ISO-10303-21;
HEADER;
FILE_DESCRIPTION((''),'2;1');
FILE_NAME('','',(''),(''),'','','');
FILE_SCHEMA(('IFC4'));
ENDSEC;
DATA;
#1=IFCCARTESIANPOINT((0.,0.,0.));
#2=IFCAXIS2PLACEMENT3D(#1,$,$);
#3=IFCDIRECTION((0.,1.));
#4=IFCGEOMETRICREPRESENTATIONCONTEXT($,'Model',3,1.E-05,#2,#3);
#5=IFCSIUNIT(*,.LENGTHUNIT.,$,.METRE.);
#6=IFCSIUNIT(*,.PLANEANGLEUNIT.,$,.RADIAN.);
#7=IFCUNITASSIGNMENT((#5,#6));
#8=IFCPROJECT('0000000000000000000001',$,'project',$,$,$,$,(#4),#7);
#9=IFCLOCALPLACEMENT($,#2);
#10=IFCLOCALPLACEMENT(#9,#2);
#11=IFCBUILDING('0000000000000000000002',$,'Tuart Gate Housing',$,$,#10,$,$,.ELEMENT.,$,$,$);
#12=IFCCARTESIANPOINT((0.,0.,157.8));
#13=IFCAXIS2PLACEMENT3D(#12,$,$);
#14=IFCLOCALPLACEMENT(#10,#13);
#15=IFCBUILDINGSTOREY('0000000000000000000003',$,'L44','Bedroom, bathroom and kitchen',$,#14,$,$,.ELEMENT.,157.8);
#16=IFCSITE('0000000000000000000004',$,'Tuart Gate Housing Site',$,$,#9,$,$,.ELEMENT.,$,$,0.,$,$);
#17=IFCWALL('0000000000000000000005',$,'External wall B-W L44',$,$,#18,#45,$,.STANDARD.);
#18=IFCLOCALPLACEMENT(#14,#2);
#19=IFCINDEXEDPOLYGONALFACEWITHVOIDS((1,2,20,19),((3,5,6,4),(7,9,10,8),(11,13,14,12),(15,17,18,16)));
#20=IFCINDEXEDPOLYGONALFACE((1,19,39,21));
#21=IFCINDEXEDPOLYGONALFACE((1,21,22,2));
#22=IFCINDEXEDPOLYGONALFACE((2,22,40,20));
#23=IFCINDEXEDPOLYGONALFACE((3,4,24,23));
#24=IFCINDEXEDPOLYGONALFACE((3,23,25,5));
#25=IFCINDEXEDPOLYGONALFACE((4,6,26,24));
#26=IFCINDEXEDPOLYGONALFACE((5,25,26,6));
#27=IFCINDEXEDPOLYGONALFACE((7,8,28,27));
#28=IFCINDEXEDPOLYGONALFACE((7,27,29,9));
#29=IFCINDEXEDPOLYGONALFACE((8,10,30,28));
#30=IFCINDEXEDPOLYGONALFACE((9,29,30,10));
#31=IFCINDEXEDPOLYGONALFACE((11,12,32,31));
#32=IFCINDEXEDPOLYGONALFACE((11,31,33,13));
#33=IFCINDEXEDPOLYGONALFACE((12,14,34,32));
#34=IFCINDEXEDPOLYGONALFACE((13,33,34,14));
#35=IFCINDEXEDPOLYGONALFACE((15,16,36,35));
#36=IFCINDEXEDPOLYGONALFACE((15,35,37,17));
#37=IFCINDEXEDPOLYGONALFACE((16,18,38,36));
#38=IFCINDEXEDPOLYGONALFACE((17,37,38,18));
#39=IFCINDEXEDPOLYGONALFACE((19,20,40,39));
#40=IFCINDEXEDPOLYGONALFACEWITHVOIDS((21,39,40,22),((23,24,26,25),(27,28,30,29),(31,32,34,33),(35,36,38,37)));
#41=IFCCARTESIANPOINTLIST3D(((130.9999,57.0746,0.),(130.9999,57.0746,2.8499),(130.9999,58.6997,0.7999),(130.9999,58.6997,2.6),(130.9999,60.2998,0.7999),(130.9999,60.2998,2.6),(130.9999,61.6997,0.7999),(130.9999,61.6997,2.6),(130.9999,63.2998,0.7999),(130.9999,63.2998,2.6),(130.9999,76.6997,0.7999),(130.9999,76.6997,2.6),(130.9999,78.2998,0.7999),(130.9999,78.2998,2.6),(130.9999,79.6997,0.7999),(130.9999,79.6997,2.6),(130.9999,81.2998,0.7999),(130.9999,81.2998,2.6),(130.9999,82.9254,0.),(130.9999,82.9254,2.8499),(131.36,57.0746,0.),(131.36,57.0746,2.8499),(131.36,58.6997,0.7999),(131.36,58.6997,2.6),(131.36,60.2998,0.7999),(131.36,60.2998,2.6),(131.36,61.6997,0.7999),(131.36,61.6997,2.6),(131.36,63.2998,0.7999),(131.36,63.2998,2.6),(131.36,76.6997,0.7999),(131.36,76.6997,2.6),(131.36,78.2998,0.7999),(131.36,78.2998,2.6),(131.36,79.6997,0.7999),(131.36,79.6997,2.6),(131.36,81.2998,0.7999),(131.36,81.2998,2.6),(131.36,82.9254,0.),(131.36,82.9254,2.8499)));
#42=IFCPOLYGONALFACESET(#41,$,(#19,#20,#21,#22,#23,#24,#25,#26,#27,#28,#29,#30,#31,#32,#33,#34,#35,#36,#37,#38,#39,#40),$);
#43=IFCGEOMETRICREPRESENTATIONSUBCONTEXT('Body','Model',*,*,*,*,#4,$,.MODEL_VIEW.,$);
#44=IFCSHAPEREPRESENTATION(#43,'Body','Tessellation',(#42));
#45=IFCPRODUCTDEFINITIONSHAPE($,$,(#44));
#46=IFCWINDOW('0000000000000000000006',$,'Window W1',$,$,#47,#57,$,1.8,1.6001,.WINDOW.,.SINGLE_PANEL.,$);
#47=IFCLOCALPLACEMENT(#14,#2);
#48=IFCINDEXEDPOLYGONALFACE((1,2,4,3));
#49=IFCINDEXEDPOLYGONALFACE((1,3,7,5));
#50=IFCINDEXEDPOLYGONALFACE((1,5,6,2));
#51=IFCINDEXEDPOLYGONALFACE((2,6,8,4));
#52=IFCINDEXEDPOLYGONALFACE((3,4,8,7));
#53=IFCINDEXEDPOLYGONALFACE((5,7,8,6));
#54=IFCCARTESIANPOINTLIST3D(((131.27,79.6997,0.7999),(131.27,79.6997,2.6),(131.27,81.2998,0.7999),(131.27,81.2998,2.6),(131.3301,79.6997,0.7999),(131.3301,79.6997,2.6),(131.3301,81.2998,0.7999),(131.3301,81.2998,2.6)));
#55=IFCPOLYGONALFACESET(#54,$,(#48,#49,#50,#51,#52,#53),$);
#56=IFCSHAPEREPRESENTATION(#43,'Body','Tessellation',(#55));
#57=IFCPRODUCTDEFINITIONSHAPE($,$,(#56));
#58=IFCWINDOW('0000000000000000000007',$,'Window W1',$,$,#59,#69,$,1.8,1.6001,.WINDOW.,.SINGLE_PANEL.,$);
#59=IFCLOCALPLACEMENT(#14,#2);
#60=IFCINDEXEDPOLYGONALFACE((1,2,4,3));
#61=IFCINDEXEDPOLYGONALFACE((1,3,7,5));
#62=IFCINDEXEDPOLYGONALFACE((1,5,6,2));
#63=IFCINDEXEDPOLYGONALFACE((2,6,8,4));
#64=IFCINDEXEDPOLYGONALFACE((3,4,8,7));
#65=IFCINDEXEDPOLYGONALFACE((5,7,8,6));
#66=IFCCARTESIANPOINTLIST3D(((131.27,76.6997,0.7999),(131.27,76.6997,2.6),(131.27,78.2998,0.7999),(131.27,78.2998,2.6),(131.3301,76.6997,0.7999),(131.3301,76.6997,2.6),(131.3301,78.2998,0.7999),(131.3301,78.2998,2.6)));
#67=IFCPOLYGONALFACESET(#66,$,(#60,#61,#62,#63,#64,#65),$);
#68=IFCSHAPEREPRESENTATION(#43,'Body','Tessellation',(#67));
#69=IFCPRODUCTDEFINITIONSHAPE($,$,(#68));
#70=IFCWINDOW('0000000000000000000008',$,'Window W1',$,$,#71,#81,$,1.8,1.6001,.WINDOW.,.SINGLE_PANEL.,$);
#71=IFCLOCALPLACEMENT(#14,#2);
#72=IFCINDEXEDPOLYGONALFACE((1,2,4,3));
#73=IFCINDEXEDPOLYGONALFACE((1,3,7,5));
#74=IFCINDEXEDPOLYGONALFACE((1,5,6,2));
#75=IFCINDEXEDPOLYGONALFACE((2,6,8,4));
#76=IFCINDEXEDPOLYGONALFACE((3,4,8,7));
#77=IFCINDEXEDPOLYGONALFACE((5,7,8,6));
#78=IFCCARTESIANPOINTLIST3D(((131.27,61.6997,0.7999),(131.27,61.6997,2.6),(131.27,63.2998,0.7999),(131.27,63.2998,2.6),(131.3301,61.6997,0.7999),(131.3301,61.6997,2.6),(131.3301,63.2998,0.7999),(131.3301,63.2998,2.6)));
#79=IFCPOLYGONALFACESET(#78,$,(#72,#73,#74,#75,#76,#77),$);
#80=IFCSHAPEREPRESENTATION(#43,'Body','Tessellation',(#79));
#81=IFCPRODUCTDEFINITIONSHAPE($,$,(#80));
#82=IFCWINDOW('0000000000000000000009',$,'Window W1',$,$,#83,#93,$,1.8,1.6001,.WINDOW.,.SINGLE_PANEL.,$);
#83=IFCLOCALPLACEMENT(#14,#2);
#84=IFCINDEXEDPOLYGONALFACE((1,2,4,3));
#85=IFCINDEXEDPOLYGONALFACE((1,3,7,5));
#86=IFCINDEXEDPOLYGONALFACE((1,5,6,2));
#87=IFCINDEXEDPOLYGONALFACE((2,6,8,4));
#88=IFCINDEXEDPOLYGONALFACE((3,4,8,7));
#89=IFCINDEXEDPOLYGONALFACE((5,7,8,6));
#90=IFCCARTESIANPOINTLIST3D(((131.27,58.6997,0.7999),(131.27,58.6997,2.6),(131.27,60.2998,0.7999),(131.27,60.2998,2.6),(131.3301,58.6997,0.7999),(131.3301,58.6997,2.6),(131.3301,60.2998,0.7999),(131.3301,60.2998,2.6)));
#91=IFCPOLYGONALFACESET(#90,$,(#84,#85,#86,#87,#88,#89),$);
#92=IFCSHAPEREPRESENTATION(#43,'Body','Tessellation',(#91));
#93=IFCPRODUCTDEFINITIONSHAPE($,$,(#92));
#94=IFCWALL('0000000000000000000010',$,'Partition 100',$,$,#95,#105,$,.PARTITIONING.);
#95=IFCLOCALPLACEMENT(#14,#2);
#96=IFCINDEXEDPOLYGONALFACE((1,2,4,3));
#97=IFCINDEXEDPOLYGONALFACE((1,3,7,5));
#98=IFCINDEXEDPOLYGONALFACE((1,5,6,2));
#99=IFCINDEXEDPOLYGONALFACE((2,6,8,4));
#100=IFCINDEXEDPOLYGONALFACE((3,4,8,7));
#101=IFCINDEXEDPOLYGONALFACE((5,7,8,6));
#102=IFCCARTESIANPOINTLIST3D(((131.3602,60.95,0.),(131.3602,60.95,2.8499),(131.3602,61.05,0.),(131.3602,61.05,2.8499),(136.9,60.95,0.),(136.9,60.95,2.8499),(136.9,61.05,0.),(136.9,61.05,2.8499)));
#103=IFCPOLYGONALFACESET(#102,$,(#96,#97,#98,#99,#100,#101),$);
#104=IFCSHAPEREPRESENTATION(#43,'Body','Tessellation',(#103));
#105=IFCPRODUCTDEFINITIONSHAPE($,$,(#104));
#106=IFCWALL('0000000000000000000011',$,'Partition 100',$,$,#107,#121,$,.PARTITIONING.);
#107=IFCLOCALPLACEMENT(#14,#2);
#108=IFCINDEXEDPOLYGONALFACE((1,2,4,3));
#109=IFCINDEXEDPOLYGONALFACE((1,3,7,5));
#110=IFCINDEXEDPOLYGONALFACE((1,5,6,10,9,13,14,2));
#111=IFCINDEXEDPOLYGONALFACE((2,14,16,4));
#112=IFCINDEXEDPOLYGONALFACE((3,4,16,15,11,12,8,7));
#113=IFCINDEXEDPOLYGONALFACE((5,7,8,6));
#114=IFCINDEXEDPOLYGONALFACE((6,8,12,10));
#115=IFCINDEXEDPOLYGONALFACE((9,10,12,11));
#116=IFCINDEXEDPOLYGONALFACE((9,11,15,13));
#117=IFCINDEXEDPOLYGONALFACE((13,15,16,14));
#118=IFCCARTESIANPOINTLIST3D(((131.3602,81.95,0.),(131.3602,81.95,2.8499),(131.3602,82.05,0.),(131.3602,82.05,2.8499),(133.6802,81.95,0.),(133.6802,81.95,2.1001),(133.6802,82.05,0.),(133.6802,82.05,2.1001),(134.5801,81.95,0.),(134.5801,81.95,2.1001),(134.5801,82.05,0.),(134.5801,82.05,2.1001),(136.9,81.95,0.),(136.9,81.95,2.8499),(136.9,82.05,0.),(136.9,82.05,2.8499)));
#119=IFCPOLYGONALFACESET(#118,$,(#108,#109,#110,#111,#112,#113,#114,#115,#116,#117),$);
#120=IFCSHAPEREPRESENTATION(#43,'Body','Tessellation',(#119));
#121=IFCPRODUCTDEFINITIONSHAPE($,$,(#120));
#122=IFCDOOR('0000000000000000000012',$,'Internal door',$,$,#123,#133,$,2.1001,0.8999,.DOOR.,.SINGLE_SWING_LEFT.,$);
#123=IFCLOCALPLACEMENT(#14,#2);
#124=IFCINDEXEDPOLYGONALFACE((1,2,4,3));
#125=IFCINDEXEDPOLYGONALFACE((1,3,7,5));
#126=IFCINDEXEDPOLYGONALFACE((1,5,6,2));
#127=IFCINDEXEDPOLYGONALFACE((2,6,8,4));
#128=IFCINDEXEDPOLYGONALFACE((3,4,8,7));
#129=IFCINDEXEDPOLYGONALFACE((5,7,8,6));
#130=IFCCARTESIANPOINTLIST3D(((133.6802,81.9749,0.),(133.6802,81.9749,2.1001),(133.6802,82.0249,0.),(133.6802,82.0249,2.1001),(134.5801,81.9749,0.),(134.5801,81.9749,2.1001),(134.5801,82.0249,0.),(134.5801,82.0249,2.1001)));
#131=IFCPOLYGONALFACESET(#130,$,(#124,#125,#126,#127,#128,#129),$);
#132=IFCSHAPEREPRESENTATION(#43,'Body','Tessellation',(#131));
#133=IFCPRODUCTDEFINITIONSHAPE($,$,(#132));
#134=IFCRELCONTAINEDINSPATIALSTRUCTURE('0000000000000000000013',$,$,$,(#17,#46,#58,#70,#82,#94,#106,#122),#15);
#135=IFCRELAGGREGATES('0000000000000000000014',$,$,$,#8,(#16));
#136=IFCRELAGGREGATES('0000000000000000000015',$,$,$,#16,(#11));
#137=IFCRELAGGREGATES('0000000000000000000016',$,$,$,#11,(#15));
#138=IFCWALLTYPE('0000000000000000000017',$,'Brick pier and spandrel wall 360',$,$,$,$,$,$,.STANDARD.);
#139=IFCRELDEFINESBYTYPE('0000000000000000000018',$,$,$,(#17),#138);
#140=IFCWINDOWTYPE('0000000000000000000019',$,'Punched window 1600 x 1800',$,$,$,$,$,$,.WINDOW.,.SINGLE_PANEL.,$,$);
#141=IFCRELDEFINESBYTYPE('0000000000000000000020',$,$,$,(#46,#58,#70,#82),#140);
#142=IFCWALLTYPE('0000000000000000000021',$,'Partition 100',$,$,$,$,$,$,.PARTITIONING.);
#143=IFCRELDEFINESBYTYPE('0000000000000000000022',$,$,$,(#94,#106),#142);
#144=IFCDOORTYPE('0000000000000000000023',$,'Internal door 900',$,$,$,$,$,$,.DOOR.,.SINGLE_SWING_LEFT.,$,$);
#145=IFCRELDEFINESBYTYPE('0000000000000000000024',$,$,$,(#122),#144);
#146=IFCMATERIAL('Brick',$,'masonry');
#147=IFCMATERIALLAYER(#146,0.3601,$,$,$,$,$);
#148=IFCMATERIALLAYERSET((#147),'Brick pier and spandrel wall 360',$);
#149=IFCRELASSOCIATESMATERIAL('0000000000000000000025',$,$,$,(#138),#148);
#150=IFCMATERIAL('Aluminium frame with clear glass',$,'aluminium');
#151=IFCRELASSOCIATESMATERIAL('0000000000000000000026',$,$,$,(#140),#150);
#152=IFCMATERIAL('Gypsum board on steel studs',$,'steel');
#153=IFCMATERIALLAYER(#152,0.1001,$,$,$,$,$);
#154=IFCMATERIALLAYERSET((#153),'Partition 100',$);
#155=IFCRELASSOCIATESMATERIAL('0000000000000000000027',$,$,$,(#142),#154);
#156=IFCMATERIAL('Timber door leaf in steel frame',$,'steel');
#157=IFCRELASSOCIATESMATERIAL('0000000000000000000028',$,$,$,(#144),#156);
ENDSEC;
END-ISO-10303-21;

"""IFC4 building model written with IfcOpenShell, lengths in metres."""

from ifc_helpers import new_model, si_unit, direction, frame, frame_2d, origin, place, context, subcontext, project, spatial, rectangle, extrude, material, layer, layer_set, type_object, element, fill, save


model = new_model("IFC4")

# Units and contexts
model_context = context("Model", 3, precision=1e-05, world=origin(), true_north=direction((0.0, 1.0)))
body_context = subcontext(model_context, "Body", "Model", "MODEL_VIEW")
ifc_project = project(units=[si_unit("LENGTHUNIT", "METRE"), si_unit("PLANEANGLEUNIT", "RADIAN")], contexts=[model_context])

# Site, building, storey
site_placement = place(None, origin())
site = spatial("IfcSite", under=ifc_project, at=site_placement, Name="Tuart Gate Housing Site", CompositionType="ELEMENT", RefElevation=0.0)
building_placement = place(site_placement, origin())
building = spatial("IfcBuilding", under=site, at=building_placement, Name="Tuart Gate Housing", CompositionType="ELEMENT")
storey_placement = place(building_placement, frame((0.0, 0.0, 157.8)))
storey = spatial("IfcBuildingStorey", under=building, at=storey_placement, Name="L44", Description="Bedroom, bathroom and kitchen", CompositionType="ELEMENT", Elevation=157.8)

# Shared definitions
ifc_material_1 = material(Name="Brick", Category="masonry")
ifc_layer_1 = layer(ifc_material_1, 0.3601)
ifc_layer_set_1 = layer_set([ifc_layer_1], Name="Brick pier and spandrel wall 360")
wall_type_1 = type_object("IfcWallType", Name="Brick pier and spandrel wall 360", PredefinedType="STANDARD", material=ifc_layer_set_1)
ifc_material_2 = material(Name="Aluminium frame with clear glass", Category="aluminium")
window_type = type_object("IfcWindowType", Name="Punched window 1600 x 1800", PartitioningType="SINGLE_PANEL", PredefinedType="WINDOW", material=ifc_material_2)

# Wall, openings, windows
wall_1_placement = place(storey_placement, frame((131.1799, 82.9253, 0.0), z_axis=(0.0, 0.0, 1.0), x_axis=(0.0, -1.0, 0.0)))
wall_1 = element("IfcWall", 1, at=wall_1_placement, inside=storey, type_object=wall_type_1, Name="External wall B-W L44", PredefinedType="STANDARD", context=body_context, shape_type="SweptSolid", body=[
    extrude(rectangle(XDim=25.8508, YDim=0.3601, at=frame_2d((12.9253, 0.0))), origin(), (0.0, 0.0, 1.0), 2.8499),
])
opening_1_placement = place(wall_1_placement, frame((1.6255, 0.0, 0.8)))
opening_1 = element("IfcOpeningElement", 2, at=opening_1_placement, cuts=wall_1, PredefinedType="OPENING", context=body_context, shape_type="SweptSolid", body=[
    extrude(rectangle(XDim=1.6001, YDim=1.8, at=frame_2d((0.8, 0.8999))), frame((0.0, 0.1899, 0.0), z_axis=(0.0, -1.0, 0.0), x_axis=(1.0, 0.0, 0.0)), (0.0, 0.0, 1.0), 0.3801),
])
opening_2_placement = place(wall_1_placement, frame((4.6255, 0.0, 0.8)))
opening_2 = element("IfcOpeningElement", 3, at=opening_2_placement, cuts=wall_1, PredefinedType="OPENING", context=body_context, shape_type="SweptSolid", body=[
    extrude(rectangle(XDim=1.6001, YDim=1.8, at=frame_2d((0.8, 0.8999))), frame((0.0, 0.1899, 0.0), z_axis=(0.0, -1.0, 0.0), x_axis=(1.0, 0.0, 0.0)), (0.0, 0.0, 1.0), 0.3801),
])
opening_3_placement = place(wall_1_placement, frame((19.6255, 0.0, 0.8)))
opening_3 = element("IfcOpeningElement", 4, at=opening_3_placement, cuts=wall_1, PredefinedType="OPENING", context=body_context, shape_type="SweptSolid", body=[
    extrude(rectangle(XDim=1.6001, YDim=1.8, at=frame_2d((0.8, 0.8999))), frame((0.0, 0.1899, 0.0), z_axis=(0.0, -1.0, 0.0), x_axis=(1.0, 0.0, 0.0)), (0.0, 0.0, 1.0), 0.3801),
])
opening_4_placement = place(wall_1_placement, frame((22.6255, 0.0, 0.8)))
opening_4 = element("IfcOpeningElement", 5, at=opening_4_placement, cuts=wall_1, PredefinedType="OPENING", context=body_context, shape_type="SweptSolid", body=[
    extrude(rectangle(XDim=1.6001, YDim=1.8, at=frame_2d((0.8, 0.8999))), frame((0.0, 0.1899, 0.0), z_axis=(0.0, -1.0, 0.0), x_axis=(1.0, 0.0, 0.0)), (0.0, 0.0, 1.0), 0.3801),
])
window_1_placement = place(opening_1_placement, origin())
window_1 = element("IfcWindow", 6, at=window_1_placement, inside=storey, type_object=window_type, Name="Window W1", OverallHeight=1.8, OverallWidth=1.6001, PartitioningType="SINGLE_PANEL", PredefinedType="WINDOW", context=body_context, shape_type="SweptSolid", body=[
    extrude(rectangle(XDim=1.6001, YDim=1.8, at=frame_2d((0.8, 0.8999))), frame((0.0, 0.1501, 0.0), z_axis=(0.0, -1.0, 0.0), x_axis=(1.0, 0.0, 0.0)), (0.0, 0.0, 1.0), 0.0601),
])
fill(opening_1, window_1)
window_2_placement = place(opening_2_placement, origin())
window_2 = element("IfcWindow", 7, at=window_2_placement, inside=storey, type_object=window_type, Name="Window W1", OverallHeight=1.8, OverallWidth=1.6001, PartitioningType="SINGLE_PANEL", PredefinedType="WINDOW", context=body_context, shape_type="SweptSolid", body=[
    extrude(rectangle(XDim=1.6001, YDim=1.8, at=frame_2d((0.8, 0.8999))), frame((0.0, 0.1501, 0.0), z_axis=(0.0, -1.0, 0.0), x_axis=(1.0, 0.0, 0.0)), (0.0, 0.0, 1.0), 0.0601),
])
fill(opening_2, window_2)
window_3_placement = place(opening_3_placement, origin())
window_3 = element("IfcWindow", 8, at=window_3_placement, inside=storey, type_object=window_type, Name="Window W1", OverallHeight=1.8, OverallWidth=1.6001, PartitioningType="SINGLE_PANEL", PredefinedType="WINDOW", context=body_context, shape_type="SweptSolid", body=[
    extrude(rectangle(XDim=1.6001, YDim=1.8, at=frame_2d((0.8, 0.8999))), frame((0.0, 0.1501, 0.0), z_axis=(0.0, -1.0, 0.0), x_axis=(1.0, 0.0, 0.0)), (0.0, 0.0, 1.0), 0.0601),
])
fill(opening_3, window_3)
window_4_placement = place(opening_4_placement, origin())
window_4 = element("IfcWindow", 9, at=window_4_placement, inside=storey, type_object=window_type, Name="Window W1", OverallHeight=1.8, OverallWidth=1.6001, PartitioningType="SINGLE_PANEL", PredefinedType="WINDOW", context=body_context, shape_type="SweptSolid", body=[
    extrude(rectangle(XDim=1.6001, YDim=1.8, at=frame_2d((0.8, 0.8999))), frame((0.0, 0.1501, 0.0), z_axis=(0.0, -1.0, 0.0), x_axis=(1.0, 0.0, 0.0)), (0.0, 0.0, 1.0), 0.0601),
])
fill(opening_4, window_4)

# Wall
ifc_material_3 = material(Name="Gypsum board on steel studs", Category="steel")
ifc_layer_2 = layer(ifc_material_3, 0.1001)
ifc_layer_set_2 = layer_set([ifc_layer_2], Name="Partition 100")
wall_type_2 = type_object("IfcWallType", Name="Partition 100", PredefinedType="PARTITIONING", material=ifc_layer_set_2)
wall_2_placement = place(storey_placement, frame((131.3601, 61.0, 0.0), z_axis=(0.0, 0.0, 1.0), x_axis=(1.0, 0.0, 0.0)))
element("IfcWall", 10, at=wall_2_placement, inside=storey, type_object=wall_type_2, Name="Partition 100", PredefinedType="PARTITIONING", context=body_context, shape_type="SweptSolid", body=[
    extrude(rectangle(XDim=5.5398, YDim=0.1001, at=frame_2d((2.77, 0.0))), origin(), (0.0, 0.0, 1.0), 2.8499),
])

# Wall, opening, door
wall_3_placement = place(storey_placement, frame((131.3601, 82.0, 0.0), z_axis=(0.0, 0.0, 1.0), x_axis=(1.0, 0.0, 0.0)))
wall_3 = element("IfcWall", 11, at=wall_3_placement, inside=storey, type_object=wall_type_2, Name="Partition 100", PredefinedType="PARTITIONING", context=body_context, shape_type="SweptSolid", body=[
    extrude(rectangle(XDim=5.5398, YDim=0.1001, at=frame_2d((2.77, 0.0))), origin(), (0.0, 0.0, 1.0), 2.8499),
])
opening_5_placement = place(wall_3_placement, frame((2.3201, 0.0, 0.0)))
opening_5 = element("IfcOpeningElement", 12, at=opening_5_placement, cuts=wall_3, PredefinedType="OPENING", context=body_context, shape_type="SweptSolid", body=[
    extrude(rectangle(XDim=0.8999, YDim=2.1001, at=frame_2d((0.45, 1.05))), frame((0.0, 0.0601, 0.0), z_axis=(0.0, -1.0, 0.0), x_axis=(1.0, 0.0, 0.0)), (0.0, 0.0, 1.0), 0.1201),
])
ifc_material_4 = material(Name="Timber door leaf in steel frame", Category="steel")
door_type = type_object("IfcDoorType", Name="Internal door 900", OperationType="SINGLE_SWING_LEFT", PredefinedType="DOOR", material=ifc_material_4)
door_placement = place(opening_5_placement, origin())
door = element("IfcDoor", 13, at=door_placement, inside=storey, type_object=door_type, Name="Internal door", OperationType="SINGLE_SWING_LEFT", OverallHeight=2.1001, OverallWidth=0.8999, PredefinedType="DOOR", context=body_context, shape_type="SweptSolid", body=[
    extrude(rectangle(XDim=0.8999, YDim=2.1001, at=frame_2d((0.45, 1.05))), frame((0.0, 0.0249, 0.0), z_axis=(0.0, -1.0, 0.0), x_axis=(1.0, 0.0, 0.0)), (0.0, 0.0, 1.0), 0.05),
])
fill(opening_5, door)

save(model, "model.ifc")
